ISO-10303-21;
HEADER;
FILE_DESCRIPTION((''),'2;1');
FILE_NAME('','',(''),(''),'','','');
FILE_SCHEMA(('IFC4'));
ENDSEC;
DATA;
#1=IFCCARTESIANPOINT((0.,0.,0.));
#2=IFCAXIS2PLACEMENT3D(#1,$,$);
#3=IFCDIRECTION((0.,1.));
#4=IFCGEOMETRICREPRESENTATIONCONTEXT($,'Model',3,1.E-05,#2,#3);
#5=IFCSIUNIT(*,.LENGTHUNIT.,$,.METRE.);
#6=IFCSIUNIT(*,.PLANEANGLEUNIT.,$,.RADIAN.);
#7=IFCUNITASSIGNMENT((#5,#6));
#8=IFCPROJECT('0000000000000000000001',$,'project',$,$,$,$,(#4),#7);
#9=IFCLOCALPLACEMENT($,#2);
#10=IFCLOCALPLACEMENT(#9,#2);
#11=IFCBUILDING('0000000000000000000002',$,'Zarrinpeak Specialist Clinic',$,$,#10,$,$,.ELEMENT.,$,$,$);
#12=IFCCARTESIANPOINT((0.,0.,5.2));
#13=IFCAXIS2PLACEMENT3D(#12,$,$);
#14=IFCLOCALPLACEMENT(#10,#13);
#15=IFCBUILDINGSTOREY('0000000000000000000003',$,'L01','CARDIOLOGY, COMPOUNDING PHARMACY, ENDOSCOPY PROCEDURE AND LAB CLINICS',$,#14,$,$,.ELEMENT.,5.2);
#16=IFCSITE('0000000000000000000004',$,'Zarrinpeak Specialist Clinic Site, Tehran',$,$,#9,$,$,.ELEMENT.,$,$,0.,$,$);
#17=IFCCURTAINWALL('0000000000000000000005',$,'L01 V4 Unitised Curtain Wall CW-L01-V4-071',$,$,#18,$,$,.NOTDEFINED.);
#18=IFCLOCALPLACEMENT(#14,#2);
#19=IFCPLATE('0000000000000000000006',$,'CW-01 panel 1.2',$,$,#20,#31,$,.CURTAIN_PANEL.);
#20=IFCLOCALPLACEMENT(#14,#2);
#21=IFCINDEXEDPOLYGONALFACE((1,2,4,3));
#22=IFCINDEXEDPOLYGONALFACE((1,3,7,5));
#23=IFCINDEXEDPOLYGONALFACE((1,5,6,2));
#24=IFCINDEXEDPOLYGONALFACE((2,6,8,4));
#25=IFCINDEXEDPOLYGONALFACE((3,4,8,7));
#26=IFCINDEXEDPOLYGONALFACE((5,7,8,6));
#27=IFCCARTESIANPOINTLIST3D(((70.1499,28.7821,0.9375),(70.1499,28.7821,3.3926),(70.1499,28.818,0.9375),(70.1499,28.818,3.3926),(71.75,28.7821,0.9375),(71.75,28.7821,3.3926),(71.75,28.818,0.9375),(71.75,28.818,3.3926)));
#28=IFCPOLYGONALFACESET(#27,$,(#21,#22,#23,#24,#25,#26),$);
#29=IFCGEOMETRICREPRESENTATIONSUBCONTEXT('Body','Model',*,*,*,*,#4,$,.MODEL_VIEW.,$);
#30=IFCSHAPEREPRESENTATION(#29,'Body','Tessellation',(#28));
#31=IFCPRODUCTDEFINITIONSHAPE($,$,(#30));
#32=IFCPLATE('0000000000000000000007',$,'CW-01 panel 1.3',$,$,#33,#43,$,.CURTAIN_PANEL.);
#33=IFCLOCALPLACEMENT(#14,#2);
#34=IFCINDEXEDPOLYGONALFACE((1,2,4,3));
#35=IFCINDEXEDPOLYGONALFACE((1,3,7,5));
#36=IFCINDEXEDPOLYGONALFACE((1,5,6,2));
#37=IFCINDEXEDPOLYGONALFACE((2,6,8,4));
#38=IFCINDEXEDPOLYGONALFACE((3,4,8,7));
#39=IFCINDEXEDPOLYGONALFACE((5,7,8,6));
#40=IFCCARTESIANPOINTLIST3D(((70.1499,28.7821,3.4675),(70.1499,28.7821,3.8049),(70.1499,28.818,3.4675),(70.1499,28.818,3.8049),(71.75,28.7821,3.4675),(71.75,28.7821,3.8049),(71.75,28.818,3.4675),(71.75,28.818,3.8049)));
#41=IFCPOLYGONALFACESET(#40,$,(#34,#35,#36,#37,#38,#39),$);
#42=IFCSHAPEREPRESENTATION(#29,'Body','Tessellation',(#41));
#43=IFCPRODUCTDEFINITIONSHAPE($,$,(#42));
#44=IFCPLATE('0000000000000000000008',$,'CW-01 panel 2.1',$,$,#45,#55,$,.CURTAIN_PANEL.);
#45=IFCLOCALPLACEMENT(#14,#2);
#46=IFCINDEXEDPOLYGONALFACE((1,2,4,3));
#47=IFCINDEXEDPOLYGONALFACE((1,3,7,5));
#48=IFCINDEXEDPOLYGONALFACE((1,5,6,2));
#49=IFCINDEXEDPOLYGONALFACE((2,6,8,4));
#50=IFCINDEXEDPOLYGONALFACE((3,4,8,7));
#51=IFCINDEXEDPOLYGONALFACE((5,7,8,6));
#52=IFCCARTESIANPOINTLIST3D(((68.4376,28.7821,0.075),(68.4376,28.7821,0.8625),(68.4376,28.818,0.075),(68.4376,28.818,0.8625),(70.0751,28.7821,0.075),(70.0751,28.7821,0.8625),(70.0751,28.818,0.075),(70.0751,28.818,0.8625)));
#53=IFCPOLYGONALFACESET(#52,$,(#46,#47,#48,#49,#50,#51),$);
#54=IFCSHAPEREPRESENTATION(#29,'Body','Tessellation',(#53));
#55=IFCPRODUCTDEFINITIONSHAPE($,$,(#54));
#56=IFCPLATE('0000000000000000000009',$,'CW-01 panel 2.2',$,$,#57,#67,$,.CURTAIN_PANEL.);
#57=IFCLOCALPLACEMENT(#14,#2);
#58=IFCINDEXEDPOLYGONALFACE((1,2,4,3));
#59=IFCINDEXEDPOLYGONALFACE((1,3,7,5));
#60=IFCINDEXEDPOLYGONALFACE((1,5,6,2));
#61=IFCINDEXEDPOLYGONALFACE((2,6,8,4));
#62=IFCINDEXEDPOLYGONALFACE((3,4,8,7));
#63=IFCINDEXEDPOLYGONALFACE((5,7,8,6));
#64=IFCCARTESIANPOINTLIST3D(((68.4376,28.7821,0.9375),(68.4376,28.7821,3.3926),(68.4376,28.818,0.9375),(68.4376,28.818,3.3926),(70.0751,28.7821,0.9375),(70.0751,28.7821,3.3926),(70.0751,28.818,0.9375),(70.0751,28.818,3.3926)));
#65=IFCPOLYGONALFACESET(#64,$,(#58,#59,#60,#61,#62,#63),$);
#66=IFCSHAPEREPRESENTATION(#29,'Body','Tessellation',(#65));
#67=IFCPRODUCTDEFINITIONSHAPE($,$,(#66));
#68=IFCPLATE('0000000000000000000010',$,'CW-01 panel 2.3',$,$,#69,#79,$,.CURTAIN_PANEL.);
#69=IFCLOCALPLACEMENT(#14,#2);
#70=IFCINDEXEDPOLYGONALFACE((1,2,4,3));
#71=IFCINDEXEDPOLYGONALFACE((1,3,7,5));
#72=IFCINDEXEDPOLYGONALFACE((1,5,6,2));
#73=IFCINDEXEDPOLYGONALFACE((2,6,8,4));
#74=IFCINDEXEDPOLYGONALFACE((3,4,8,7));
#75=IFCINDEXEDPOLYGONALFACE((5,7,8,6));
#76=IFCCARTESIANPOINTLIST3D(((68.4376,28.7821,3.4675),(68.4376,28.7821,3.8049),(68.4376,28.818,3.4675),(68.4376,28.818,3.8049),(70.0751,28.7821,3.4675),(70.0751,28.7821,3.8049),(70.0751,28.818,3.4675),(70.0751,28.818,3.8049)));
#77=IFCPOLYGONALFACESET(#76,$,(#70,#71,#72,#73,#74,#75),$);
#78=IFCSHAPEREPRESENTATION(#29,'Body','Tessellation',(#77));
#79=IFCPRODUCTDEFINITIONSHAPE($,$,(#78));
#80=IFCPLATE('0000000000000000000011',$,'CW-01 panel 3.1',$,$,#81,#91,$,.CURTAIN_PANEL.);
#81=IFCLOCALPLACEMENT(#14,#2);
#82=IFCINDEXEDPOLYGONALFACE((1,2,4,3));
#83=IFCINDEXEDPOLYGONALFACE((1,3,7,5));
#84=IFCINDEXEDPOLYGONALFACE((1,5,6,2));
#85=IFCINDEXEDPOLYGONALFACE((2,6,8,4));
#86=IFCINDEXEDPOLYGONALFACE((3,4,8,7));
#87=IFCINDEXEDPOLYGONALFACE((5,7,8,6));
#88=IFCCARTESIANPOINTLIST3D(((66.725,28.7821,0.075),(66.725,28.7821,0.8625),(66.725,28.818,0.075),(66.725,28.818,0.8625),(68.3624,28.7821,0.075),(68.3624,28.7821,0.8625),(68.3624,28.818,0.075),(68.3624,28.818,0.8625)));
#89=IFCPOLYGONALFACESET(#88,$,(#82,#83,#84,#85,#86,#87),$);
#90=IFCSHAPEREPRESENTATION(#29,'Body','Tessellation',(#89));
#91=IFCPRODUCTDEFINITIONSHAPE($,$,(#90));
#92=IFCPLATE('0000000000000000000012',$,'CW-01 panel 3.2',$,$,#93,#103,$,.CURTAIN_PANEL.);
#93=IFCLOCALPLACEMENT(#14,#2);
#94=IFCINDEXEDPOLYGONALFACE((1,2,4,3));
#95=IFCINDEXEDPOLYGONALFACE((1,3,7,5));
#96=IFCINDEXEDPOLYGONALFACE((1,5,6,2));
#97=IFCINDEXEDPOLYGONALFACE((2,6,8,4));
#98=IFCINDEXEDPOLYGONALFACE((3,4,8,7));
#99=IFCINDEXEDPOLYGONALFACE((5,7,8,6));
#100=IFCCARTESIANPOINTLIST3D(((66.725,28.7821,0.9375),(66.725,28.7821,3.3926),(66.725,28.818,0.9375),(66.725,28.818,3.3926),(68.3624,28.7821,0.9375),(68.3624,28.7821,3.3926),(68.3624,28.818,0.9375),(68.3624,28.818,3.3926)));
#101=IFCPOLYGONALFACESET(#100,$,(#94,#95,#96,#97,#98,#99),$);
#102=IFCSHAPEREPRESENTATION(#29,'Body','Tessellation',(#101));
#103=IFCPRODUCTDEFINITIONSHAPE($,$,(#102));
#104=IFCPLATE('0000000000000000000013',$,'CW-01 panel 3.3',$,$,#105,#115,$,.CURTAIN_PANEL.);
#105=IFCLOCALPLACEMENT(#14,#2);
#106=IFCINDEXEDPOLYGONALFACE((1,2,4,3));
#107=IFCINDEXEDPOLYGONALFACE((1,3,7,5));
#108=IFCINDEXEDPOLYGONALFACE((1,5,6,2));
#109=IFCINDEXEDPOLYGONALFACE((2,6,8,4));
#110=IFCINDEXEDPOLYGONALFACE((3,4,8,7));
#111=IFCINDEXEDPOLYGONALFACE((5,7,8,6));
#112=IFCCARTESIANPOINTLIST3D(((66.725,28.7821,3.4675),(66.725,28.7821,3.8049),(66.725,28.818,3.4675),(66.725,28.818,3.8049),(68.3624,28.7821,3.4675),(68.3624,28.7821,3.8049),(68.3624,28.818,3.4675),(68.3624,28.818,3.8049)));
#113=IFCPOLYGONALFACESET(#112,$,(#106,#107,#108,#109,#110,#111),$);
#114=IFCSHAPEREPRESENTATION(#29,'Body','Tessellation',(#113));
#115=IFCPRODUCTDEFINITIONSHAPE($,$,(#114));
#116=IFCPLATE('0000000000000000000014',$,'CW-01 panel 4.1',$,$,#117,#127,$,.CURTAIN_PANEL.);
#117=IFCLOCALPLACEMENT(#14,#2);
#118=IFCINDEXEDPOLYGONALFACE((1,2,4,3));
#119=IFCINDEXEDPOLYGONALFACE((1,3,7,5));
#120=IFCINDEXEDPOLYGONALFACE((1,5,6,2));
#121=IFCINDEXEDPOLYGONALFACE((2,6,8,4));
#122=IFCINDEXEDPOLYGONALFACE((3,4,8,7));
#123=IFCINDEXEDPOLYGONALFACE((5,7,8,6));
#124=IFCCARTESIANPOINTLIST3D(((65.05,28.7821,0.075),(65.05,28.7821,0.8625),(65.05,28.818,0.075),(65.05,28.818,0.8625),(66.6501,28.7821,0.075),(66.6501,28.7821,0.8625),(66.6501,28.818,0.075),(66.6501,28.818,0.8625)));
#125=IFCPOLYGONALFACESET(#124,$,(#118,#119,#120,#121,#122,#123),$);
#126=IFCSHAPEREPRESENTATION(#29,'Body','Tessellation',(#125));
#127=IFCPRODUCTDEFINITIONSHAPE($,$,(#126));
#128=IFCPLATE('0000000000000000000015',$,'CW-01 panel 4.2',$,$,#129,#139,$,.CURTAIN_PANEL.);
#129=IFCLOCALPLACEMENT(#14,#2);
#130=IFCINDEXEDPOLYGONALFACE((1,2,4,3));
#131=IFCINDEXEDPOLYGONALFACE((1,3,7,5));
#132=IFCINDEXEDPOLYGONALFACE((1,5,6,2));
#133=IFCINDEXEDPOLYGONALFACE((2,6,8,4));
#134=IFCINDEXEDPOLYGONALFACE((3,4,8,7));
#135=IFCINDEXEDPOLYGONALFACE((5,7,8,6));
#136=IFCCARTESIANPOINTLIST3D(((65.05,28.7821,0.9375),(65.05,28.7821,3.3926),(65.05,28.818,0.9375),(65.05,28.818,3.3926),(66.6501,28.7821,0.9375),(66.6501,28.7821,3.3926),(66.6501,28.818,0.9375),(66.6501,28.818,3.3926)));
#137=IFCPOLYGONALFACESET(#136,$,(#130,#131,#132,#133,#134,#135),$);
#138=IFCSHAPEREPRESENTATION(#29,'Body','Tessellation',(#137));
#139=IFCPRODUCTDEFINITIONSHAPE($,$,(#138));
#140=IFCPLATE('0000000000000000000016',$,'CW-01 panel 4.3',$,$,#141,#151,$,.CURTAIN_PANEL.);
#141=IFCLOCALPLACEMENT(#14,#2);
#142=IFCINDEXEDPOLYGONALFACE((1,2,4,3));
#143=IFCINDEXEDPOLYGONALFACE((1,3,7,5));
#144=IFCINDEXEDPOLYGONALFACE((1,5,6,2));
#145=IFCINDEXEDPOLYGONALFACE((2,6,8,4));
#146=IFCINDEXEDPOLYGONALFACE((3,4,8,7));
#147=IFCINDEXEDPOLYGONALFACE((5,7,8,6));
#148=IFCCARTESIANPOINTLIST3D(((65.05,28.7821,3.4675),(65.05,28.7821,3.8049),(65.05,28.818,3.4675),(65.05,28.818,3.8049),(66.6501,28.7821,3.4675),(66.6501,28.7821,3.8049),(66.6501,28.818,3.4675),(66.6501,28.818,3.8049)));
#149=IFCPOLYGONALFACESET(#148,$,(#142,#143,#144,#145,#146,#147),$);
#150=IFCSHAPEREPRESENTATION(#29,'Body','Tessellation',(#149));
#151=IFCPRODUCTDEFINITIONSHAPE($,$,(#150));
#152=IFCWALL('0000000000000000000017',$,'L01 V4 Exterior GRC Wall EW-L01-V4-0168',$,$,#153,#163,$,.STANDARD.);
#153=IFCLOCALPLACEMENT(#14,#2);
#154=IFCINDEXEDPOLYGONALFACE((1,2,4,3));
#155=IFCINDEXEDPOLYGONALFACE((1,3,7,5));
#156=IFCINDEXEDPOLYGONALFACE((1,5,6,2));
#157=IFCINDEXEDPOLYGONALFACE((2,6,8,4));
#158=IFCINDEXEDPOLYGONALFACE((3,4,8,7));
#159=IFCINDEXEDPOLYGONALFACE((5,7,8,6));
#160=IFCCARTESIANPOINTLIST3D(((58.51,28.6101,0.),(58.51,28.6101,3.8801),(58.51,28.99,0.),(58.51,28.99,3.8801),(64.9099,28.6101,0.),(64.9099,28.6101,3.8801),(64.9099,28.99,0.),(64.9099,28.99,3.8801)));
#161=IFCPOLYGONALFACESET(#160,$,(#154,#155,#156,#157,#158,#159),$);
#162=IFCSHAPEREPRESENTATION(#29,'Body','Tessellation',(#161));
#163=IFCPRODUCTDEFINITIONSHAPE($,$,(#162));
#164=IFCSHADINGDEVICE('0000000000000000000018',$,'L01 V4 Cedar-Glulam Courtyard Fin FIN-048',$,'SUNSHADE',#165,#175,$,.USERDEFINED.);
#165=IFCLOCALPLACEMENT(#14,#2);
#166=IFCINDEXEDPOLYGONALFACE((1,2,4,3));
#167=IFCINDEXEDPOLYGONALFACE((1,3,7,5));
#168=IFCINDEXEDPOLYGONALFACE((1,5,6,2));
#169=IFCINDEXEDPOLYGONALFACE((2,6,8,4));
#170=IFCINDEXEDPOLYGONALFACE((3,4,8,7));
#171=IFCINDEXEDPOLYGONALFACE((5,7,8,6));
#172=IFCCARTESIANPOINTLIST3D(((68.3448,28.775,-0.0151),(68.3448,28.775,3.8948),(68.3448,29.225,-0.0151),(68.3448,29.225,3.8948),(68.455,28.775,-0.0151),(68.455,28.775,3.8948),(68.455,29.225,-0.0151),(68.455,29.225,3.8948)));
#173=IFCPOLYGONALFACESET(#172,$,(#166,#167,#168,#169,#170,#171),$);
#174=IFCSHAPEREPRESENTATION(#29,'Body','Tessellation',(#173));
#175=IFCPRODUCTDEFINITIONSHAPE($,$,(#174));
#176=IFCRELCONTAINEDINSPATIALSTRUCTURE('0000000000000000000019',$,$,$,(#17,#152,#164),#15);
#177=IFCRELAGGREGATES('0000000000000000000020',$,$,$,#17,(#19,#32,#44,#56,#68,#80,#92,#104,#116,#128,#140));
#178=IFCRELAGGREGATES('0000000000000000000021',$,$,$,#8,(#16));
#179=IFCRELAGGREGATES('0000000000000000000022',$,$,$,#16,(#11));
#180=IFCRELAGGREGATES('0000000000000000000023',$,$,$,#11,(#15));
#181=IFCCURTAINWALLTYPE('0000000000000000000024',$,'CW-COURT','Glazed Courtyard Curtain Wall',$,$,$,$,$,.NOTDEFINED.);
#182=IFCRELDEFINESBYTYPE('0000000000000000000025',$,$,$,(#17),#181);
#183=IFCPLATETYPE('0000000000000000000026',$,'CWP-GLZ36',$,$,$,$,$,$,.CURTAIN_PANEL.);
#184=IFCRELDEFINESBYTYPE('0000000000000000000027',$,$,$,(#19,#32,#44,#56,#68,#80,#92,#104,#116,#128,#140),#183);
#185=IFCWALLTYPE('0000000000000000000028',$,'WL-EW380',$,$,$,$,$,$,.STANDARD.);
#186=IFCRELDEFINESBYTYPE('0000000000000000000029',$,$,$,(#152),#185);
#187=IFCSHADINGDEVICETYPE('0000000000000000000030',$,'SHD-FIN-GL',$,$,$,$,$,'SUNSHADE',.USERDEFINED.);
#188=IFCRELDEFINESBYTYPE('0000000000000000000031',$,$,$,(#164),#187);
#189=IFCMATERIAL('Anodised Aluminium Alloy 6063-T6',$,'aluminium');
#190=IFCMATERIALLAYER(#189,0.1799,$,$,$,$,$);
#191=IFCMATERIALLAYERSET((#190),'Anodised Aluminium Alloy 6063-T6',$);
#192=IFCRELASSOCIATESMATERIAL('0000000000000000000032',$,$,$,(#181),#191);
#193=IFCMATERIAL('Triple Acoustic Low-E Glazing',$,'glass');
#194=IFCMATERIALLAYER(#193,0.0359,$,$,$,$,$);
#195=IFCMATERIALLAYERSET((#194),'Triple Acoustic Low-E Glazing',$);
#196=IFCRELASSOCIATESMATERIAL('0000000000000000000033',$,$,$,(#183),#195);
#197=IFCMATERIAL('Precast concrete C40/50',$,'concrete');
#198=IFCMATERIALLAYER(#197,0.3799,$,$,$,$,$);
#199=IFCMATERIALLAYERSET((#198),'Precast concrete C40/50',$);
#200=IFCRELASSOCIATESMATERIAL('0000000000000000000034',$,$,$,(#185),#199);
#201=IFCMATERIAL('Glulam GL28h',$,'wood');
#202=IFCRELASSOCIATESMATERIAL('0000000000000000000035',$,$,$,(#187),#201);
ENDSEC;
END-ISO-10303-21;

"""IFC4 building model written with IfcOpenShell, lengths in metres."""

from ifc_helpers import new_model, si_unit, direction, frame, frame_2d, origin, origin_2d, place, context, subcontext, project, spatial, rectangle, extrude, material, layer, layer_set, type_object, element, aggregate, save


model = new_model("IFC4")

# Units and contexts
model_context = context("Model", 3, precision=1e-05, world=origin(), true_north=direction((0.0, 1.0)))
body_context = subcontext(model_context, "Body", "Model", "MODEL_VIEW")
ifc_project = project(units=[si_unit("LENGTHUNIT", "METRE"), si_unit("PLANEANGLEUNIT", "RADIAN")], contexts=[model_context])

# Site, building, storey
site_placement = place(None, origin())
site = spatial("IfcSite", under=ifc_project, at=site_placement, Name="Zarrinpeak Specialist Clinic Site, Tehran", CompositionType="ELEMENT", RefElevation=0.0)
building_placement = place(site_placement, origin())
building = spatial("IfcBuilding", under=site, at=building_placement, Name="Zarrinpeak Specialist Clinic", CompositionType="ELEMENT")
storey_placement = place(building_placement, frame((0.0, 0.0, 5.2)))
storey = spatial("IfcBuildingStorey", under=building, at=storey_placement, Name="L01", Description="CARDIOLOGY, COMPOUNDING PHARMACY, ENDOSCOPY PROCEDURE AND LAB CLINICS", CompositionType="ELEMENT", Elevation=5.2)

# Curtain wall, plates
ifc_material_1 = material(Name="Anodised Aluminium Alloy 6063-T6", Category="aluminium")
ifc_layer_1 = layer(ifc_material_1, 0.1799)
ifc_layer_set_1 = layer_set([ifc_layer_1], Name="Anodised Aluminium Alloy 6063-T6")
curtain_wall_type = type_object("IfcCurtainWallType", Name="CW-COURT", Description="Glazed Courtyard Curtain Wall", PredefinedType="NOTDEFINED", material=ifc_layer_set_1)
curtain_wall_placement = place(storey_placement, origin())
curtain_wall = element("IfcCurtainWall", 1, at=curtain_wall_placement, inside=storey, type_object=curtain_wall_type, Name="L01 V4 Unitised Curtain Wall CW-L01-V4-071", PredefinedType="NOTDEFINED")
ifc_material_2 = material(Name="Triple Acoustic Low-E Glazing", Category="glass")
ifc_layer_2 = layer(ifc_material_2, 0.0359)
ifc_layer_set_2 = layer_set([ifc_layer_2], Name="Triple Acoustic Low-E Glazing")
plate_type = type_object("IfcPlateType", Name="CWP-GLZ36", PredefinedType="CURTAIN_PANEL", material=ifc_layer_set_2)
plate_1_placement = place(storey_placement, frame((70.95, 28.8, 0.9375), z_axis=(0.0, 0.0, 1.0), x_axis=(-1.0, 0.0, 0.0)))
plate_1 = element("IfcPlate", 2, at=plate_1_placement, type_object=plate_type, Name="CW-01 panel 1.2", PredefinedType="CURTAIN_PANEL", context=body_context, shape_type="SweptSolid", body=[
    extrude(rectangle(XDim=1.6001, YDim=0.0359, at=origin_2d()), origin(), (0.0, 0.0, 1.0), 2.4551),
])
plate_2_placement = place(storey_placement, frame((70.95, 28.8, 3.4675), z_axis=(0.0, 0.0, 1.0), x_axis=(-1.0, 0.0, 0.0)))
plate_2 = element("IfcPlate", 3, at=plate_2_placement, type_object=plate_type, Name="CW-01 panel 1.3", PredefinedType="CURTAIN_PANEL", context=body_context, shape_type="SweptSolid", body=[
    extrude(rectangle(XDim=1.6001, YDim=0.0359, at=origin_2d()), origin(), (0.0, 0.0, 1.0), 0.3374),
])
plate_3_placement = place(storey_placement, frame((69.2563, 28.8, 0.075), z_axis=(0.0, 0.0, 1.0), x_axis=(-1.0, 0.0, 0.0)))
plate_3 = element("IfcPlate", 4, at=plate_3_placement, type_object=plate_type, Name="CW-01 panel 2.1", PredefinedType="CURTAIN_PANEL", context=body_context, shape_type="SweptSolid", body=[
    extrude(rectangle(XDim=1.6375, YDim=0.0359, at=origin_2d()), origin(), (0.0, 0.0, 1.0), 0.7876),
])
plate_4_placement = place(storey_placement, frame((69.2563, 28.8, 0.9375), z_axis=(0.0, 0.0, 1.0), x_axis=(-1.0, 0.0, 0.0)))
plate_4 = element("IfcPlate", 5, at=plate_4_placement, type_object=plate_type, Name="CW-01 panel 2.2", PredefinedType="CURTAIN_PANEL", context=body_context, shape_type="SweptSolid", body=[
    extrude(rectangle(XDim=1.6375, YDim=0.0359, at=origin_2d()), origin(), (0.0, 0.0, 1.0), 2.4551),
])
plate_5_placement = place(storey_placement, frame((69.2563, 28.8, 3.4675), z_axis=(0.0, 0.0, 1.0), x_axis=(-1.0, 0.0, 0.0)))
plate_5 = element("IfcPlate", 6, at=plate_5_placement, type_object=plate_type, Name="CW-01 panel 2.3", PredefinedType="CURTAIN_PANEL", context=body_context, shape_type="SweptSolid", body=[
    extrude(rectangle(XDim=1.6375, YDim=0.0359, at=origin_2d()), origin(), (0.0, 0.0, 1.0), 0.3374),
])
plate_6_placement = place(storey_placement, frame((67.5437, 28.8, 0.075), z_axis=(0.0, 0.0, 1.0), x_axis=(-1.0, 0.0, 0.0)))
plate_6 = element("IfcPlate", 7, at=plate_6_placement, type_object=plate_type, Name="CW-01 panel 3.1", PredefinedType="CURTAIN_PANEL", context=body_context, shape_type="SweptSolid", body=[
    extrude(rectangle(XDim=1.6375, YDim=0.0359, at=origin_2d()), origin(), (0.0, 0.0, 1.0), 0.7876),
])
plate_7_placement = place(storey_placement, frame((67.5437, 28.8, 0.9375), z_axis=(0.0, 0.0, 1.0), x_axis=(-1.0, 0.0, 0.0)))
plate_7 = element("IfcPlate", 8, at=plate_7_placement, type_object=plate_type, Name="CW-01 panel 3.2", PredefinedType="CURTAIN_PANEL", context=body_context, shape_type="SweptSolid", body=[
    extrude(rectangle(XDim=1.6375, YDim=0.0359, at=origin_2d()), origin(), (0.0, 0.0, 1.0), 2.4551),
])
plate_8_placement = place(storey_placement, frame((67.5437, 28.8, 3.4675), z_axis=(0.0, 0.0, 1.0), x_axis=(-1.0, 0.0, 0.0)))
plate_8 = element("IfcPlate", 9, at=plate_8_placement, type_object=plate_type, Name="CW-01 panel 3.3", PredefinedType="CURTAIN_PANEL", context=body_context, shape_type="SweptSolid", body=[
    extrude(rectangle(XDim=1.6375, YDim=0.0359, at=origin_2d()), origin(), (0.0, 0.0, 1.0), 0.3374),
])
plate_9_placement = place(storey_placement, frame((65.8501, 28.8, 0.075), z_axis=(0.0, 0.0, 1.0), x_axis=(-1.0, 0.0, 0.0)))
plate_9 = element("IfcPlate", 10, at=plate_9_placement, type_object=plate_type, Name="CW-01 panel 4.1", PredefinedType="CURTAIN_PANEL", context=body_context, shape_type="SweptSolid", body=[
    extrude(rectangle(XDim=1.6001, YDim=0.0359, at=origin_2d()), origin(), (0.0, 0.0, 1.0), 0.7876),
])
plate_10_placement = place(storey_placement, frame((65.8501, 28.8, 0.9375), z_axis=(0.0, 0.0, 1.0), x_axis=(-1.0, 0.0, 0.0)))
plate_10 = element("IfcPlate", 11, at=plate_10_placement, type_object=plate_type, Name="CW-01 panel 4.2", PredefinedType="CURTAIN_PANEL", context=body_context, shape_type="SweptSolid", body=[
    extrude(rectangle(XDim=1.6001, YDim=0.0359, at=origin_2d()), origin(), (0.0, 0.0, 1.0), 2.4551),
])
plate_11_placement = place(storey_placement, frame((65.8501, 28.8, 3.4675), z_axis=(0.0, 0.0, 1.0), x_axis=(-1.0, 0.0, 0.0)))
plate_11 = element("IfcPlate", 12, at=plate_11_placement, type_object=plate_type, Name="CW-01 panel 4.3", PredefinedType="CURTAIN_PANEL", context=body_context, shape_type="SweptSolid", body=[
    extrude(rectangle(XDim=1.6001, YDim=0.0359, at=origin_2d()), origin(), (0.0, 0.0, 1.0), 0.3374),
])
aggregate(curtain_wall, [plate_1, plate_2, plate_3, plate_4, plate_5, plate_6, plate_7, plate_8, plate_9, plate_10, plate_11])

# Wall
ifc_material_3 = material(Name="Precast concrete C40/50", Category="concrete")
ifc_layer_3 = layer(ifc_material_3, 0.3799)
ifc_layer_set_3 = layer_set([ifc_layer_3], Name="Precast concrete C40/50")
wall_type = type_object("IfcWallType", Name="WL-EW380", PredefinedType="STANDARD", material=ifc_layer_set_3)
wall_placement = place(storey_placement, frame((64.9099, 28.8, 0.0), z_axis=(0.0, 0.0, 1.0), x_axis=(-1.0, 0.0, 0.0)))
element("IfcWall", 13, at=wall_placement, inside=storey, type_object=wall_type, Name="L01 V4 Exterior GRC Wall EW-L01-V4-0168", PredefinedType="STANDARD", context=body_context, shape_type="SweptSolid", body=[
    extrude(rectangle(XDim=6.3999, YDim=0.3799, at=frame_2d((3.2, 0.0))), origin(), (0.0, 0.0, 1.0), 3.8801),
])

# Shading device
ifc_material_4 = material(Name="Glulam GL28h", Category="wood")
shading_device_type = type_object("IfcShadingDeviceType", Name="SHD-FIN-GL", ElementType="SUNSHADE", PredefinedType="USERDEFINED", material=ifc_material_4)
shading_device_placement = place(storey_placement, frame((68.3999, 29.0, -0.0151), z_axis=(0.0, 0.0, 1.0), x_axis=(1.0, 0.0, 0.0)))
element("IfcShadingDevice", 14, at=shading_device_placement, inside=storey, type_object=shading_device_type, Name="L01 V4 Cedar-Glulam Courtyard Fin FIN-048", ObjectType="SUNSHADE", PredefinedType="USERDEFINED", context=body_context, shape_type="SweptSolid", body=[
    extrude(rectangle(XDim=0.1101, YDim=0.45, at=origin_2d()), origin(), (0.0, 0.0, 1.0), 3.9099),
])

save(model, "model.ifc")
